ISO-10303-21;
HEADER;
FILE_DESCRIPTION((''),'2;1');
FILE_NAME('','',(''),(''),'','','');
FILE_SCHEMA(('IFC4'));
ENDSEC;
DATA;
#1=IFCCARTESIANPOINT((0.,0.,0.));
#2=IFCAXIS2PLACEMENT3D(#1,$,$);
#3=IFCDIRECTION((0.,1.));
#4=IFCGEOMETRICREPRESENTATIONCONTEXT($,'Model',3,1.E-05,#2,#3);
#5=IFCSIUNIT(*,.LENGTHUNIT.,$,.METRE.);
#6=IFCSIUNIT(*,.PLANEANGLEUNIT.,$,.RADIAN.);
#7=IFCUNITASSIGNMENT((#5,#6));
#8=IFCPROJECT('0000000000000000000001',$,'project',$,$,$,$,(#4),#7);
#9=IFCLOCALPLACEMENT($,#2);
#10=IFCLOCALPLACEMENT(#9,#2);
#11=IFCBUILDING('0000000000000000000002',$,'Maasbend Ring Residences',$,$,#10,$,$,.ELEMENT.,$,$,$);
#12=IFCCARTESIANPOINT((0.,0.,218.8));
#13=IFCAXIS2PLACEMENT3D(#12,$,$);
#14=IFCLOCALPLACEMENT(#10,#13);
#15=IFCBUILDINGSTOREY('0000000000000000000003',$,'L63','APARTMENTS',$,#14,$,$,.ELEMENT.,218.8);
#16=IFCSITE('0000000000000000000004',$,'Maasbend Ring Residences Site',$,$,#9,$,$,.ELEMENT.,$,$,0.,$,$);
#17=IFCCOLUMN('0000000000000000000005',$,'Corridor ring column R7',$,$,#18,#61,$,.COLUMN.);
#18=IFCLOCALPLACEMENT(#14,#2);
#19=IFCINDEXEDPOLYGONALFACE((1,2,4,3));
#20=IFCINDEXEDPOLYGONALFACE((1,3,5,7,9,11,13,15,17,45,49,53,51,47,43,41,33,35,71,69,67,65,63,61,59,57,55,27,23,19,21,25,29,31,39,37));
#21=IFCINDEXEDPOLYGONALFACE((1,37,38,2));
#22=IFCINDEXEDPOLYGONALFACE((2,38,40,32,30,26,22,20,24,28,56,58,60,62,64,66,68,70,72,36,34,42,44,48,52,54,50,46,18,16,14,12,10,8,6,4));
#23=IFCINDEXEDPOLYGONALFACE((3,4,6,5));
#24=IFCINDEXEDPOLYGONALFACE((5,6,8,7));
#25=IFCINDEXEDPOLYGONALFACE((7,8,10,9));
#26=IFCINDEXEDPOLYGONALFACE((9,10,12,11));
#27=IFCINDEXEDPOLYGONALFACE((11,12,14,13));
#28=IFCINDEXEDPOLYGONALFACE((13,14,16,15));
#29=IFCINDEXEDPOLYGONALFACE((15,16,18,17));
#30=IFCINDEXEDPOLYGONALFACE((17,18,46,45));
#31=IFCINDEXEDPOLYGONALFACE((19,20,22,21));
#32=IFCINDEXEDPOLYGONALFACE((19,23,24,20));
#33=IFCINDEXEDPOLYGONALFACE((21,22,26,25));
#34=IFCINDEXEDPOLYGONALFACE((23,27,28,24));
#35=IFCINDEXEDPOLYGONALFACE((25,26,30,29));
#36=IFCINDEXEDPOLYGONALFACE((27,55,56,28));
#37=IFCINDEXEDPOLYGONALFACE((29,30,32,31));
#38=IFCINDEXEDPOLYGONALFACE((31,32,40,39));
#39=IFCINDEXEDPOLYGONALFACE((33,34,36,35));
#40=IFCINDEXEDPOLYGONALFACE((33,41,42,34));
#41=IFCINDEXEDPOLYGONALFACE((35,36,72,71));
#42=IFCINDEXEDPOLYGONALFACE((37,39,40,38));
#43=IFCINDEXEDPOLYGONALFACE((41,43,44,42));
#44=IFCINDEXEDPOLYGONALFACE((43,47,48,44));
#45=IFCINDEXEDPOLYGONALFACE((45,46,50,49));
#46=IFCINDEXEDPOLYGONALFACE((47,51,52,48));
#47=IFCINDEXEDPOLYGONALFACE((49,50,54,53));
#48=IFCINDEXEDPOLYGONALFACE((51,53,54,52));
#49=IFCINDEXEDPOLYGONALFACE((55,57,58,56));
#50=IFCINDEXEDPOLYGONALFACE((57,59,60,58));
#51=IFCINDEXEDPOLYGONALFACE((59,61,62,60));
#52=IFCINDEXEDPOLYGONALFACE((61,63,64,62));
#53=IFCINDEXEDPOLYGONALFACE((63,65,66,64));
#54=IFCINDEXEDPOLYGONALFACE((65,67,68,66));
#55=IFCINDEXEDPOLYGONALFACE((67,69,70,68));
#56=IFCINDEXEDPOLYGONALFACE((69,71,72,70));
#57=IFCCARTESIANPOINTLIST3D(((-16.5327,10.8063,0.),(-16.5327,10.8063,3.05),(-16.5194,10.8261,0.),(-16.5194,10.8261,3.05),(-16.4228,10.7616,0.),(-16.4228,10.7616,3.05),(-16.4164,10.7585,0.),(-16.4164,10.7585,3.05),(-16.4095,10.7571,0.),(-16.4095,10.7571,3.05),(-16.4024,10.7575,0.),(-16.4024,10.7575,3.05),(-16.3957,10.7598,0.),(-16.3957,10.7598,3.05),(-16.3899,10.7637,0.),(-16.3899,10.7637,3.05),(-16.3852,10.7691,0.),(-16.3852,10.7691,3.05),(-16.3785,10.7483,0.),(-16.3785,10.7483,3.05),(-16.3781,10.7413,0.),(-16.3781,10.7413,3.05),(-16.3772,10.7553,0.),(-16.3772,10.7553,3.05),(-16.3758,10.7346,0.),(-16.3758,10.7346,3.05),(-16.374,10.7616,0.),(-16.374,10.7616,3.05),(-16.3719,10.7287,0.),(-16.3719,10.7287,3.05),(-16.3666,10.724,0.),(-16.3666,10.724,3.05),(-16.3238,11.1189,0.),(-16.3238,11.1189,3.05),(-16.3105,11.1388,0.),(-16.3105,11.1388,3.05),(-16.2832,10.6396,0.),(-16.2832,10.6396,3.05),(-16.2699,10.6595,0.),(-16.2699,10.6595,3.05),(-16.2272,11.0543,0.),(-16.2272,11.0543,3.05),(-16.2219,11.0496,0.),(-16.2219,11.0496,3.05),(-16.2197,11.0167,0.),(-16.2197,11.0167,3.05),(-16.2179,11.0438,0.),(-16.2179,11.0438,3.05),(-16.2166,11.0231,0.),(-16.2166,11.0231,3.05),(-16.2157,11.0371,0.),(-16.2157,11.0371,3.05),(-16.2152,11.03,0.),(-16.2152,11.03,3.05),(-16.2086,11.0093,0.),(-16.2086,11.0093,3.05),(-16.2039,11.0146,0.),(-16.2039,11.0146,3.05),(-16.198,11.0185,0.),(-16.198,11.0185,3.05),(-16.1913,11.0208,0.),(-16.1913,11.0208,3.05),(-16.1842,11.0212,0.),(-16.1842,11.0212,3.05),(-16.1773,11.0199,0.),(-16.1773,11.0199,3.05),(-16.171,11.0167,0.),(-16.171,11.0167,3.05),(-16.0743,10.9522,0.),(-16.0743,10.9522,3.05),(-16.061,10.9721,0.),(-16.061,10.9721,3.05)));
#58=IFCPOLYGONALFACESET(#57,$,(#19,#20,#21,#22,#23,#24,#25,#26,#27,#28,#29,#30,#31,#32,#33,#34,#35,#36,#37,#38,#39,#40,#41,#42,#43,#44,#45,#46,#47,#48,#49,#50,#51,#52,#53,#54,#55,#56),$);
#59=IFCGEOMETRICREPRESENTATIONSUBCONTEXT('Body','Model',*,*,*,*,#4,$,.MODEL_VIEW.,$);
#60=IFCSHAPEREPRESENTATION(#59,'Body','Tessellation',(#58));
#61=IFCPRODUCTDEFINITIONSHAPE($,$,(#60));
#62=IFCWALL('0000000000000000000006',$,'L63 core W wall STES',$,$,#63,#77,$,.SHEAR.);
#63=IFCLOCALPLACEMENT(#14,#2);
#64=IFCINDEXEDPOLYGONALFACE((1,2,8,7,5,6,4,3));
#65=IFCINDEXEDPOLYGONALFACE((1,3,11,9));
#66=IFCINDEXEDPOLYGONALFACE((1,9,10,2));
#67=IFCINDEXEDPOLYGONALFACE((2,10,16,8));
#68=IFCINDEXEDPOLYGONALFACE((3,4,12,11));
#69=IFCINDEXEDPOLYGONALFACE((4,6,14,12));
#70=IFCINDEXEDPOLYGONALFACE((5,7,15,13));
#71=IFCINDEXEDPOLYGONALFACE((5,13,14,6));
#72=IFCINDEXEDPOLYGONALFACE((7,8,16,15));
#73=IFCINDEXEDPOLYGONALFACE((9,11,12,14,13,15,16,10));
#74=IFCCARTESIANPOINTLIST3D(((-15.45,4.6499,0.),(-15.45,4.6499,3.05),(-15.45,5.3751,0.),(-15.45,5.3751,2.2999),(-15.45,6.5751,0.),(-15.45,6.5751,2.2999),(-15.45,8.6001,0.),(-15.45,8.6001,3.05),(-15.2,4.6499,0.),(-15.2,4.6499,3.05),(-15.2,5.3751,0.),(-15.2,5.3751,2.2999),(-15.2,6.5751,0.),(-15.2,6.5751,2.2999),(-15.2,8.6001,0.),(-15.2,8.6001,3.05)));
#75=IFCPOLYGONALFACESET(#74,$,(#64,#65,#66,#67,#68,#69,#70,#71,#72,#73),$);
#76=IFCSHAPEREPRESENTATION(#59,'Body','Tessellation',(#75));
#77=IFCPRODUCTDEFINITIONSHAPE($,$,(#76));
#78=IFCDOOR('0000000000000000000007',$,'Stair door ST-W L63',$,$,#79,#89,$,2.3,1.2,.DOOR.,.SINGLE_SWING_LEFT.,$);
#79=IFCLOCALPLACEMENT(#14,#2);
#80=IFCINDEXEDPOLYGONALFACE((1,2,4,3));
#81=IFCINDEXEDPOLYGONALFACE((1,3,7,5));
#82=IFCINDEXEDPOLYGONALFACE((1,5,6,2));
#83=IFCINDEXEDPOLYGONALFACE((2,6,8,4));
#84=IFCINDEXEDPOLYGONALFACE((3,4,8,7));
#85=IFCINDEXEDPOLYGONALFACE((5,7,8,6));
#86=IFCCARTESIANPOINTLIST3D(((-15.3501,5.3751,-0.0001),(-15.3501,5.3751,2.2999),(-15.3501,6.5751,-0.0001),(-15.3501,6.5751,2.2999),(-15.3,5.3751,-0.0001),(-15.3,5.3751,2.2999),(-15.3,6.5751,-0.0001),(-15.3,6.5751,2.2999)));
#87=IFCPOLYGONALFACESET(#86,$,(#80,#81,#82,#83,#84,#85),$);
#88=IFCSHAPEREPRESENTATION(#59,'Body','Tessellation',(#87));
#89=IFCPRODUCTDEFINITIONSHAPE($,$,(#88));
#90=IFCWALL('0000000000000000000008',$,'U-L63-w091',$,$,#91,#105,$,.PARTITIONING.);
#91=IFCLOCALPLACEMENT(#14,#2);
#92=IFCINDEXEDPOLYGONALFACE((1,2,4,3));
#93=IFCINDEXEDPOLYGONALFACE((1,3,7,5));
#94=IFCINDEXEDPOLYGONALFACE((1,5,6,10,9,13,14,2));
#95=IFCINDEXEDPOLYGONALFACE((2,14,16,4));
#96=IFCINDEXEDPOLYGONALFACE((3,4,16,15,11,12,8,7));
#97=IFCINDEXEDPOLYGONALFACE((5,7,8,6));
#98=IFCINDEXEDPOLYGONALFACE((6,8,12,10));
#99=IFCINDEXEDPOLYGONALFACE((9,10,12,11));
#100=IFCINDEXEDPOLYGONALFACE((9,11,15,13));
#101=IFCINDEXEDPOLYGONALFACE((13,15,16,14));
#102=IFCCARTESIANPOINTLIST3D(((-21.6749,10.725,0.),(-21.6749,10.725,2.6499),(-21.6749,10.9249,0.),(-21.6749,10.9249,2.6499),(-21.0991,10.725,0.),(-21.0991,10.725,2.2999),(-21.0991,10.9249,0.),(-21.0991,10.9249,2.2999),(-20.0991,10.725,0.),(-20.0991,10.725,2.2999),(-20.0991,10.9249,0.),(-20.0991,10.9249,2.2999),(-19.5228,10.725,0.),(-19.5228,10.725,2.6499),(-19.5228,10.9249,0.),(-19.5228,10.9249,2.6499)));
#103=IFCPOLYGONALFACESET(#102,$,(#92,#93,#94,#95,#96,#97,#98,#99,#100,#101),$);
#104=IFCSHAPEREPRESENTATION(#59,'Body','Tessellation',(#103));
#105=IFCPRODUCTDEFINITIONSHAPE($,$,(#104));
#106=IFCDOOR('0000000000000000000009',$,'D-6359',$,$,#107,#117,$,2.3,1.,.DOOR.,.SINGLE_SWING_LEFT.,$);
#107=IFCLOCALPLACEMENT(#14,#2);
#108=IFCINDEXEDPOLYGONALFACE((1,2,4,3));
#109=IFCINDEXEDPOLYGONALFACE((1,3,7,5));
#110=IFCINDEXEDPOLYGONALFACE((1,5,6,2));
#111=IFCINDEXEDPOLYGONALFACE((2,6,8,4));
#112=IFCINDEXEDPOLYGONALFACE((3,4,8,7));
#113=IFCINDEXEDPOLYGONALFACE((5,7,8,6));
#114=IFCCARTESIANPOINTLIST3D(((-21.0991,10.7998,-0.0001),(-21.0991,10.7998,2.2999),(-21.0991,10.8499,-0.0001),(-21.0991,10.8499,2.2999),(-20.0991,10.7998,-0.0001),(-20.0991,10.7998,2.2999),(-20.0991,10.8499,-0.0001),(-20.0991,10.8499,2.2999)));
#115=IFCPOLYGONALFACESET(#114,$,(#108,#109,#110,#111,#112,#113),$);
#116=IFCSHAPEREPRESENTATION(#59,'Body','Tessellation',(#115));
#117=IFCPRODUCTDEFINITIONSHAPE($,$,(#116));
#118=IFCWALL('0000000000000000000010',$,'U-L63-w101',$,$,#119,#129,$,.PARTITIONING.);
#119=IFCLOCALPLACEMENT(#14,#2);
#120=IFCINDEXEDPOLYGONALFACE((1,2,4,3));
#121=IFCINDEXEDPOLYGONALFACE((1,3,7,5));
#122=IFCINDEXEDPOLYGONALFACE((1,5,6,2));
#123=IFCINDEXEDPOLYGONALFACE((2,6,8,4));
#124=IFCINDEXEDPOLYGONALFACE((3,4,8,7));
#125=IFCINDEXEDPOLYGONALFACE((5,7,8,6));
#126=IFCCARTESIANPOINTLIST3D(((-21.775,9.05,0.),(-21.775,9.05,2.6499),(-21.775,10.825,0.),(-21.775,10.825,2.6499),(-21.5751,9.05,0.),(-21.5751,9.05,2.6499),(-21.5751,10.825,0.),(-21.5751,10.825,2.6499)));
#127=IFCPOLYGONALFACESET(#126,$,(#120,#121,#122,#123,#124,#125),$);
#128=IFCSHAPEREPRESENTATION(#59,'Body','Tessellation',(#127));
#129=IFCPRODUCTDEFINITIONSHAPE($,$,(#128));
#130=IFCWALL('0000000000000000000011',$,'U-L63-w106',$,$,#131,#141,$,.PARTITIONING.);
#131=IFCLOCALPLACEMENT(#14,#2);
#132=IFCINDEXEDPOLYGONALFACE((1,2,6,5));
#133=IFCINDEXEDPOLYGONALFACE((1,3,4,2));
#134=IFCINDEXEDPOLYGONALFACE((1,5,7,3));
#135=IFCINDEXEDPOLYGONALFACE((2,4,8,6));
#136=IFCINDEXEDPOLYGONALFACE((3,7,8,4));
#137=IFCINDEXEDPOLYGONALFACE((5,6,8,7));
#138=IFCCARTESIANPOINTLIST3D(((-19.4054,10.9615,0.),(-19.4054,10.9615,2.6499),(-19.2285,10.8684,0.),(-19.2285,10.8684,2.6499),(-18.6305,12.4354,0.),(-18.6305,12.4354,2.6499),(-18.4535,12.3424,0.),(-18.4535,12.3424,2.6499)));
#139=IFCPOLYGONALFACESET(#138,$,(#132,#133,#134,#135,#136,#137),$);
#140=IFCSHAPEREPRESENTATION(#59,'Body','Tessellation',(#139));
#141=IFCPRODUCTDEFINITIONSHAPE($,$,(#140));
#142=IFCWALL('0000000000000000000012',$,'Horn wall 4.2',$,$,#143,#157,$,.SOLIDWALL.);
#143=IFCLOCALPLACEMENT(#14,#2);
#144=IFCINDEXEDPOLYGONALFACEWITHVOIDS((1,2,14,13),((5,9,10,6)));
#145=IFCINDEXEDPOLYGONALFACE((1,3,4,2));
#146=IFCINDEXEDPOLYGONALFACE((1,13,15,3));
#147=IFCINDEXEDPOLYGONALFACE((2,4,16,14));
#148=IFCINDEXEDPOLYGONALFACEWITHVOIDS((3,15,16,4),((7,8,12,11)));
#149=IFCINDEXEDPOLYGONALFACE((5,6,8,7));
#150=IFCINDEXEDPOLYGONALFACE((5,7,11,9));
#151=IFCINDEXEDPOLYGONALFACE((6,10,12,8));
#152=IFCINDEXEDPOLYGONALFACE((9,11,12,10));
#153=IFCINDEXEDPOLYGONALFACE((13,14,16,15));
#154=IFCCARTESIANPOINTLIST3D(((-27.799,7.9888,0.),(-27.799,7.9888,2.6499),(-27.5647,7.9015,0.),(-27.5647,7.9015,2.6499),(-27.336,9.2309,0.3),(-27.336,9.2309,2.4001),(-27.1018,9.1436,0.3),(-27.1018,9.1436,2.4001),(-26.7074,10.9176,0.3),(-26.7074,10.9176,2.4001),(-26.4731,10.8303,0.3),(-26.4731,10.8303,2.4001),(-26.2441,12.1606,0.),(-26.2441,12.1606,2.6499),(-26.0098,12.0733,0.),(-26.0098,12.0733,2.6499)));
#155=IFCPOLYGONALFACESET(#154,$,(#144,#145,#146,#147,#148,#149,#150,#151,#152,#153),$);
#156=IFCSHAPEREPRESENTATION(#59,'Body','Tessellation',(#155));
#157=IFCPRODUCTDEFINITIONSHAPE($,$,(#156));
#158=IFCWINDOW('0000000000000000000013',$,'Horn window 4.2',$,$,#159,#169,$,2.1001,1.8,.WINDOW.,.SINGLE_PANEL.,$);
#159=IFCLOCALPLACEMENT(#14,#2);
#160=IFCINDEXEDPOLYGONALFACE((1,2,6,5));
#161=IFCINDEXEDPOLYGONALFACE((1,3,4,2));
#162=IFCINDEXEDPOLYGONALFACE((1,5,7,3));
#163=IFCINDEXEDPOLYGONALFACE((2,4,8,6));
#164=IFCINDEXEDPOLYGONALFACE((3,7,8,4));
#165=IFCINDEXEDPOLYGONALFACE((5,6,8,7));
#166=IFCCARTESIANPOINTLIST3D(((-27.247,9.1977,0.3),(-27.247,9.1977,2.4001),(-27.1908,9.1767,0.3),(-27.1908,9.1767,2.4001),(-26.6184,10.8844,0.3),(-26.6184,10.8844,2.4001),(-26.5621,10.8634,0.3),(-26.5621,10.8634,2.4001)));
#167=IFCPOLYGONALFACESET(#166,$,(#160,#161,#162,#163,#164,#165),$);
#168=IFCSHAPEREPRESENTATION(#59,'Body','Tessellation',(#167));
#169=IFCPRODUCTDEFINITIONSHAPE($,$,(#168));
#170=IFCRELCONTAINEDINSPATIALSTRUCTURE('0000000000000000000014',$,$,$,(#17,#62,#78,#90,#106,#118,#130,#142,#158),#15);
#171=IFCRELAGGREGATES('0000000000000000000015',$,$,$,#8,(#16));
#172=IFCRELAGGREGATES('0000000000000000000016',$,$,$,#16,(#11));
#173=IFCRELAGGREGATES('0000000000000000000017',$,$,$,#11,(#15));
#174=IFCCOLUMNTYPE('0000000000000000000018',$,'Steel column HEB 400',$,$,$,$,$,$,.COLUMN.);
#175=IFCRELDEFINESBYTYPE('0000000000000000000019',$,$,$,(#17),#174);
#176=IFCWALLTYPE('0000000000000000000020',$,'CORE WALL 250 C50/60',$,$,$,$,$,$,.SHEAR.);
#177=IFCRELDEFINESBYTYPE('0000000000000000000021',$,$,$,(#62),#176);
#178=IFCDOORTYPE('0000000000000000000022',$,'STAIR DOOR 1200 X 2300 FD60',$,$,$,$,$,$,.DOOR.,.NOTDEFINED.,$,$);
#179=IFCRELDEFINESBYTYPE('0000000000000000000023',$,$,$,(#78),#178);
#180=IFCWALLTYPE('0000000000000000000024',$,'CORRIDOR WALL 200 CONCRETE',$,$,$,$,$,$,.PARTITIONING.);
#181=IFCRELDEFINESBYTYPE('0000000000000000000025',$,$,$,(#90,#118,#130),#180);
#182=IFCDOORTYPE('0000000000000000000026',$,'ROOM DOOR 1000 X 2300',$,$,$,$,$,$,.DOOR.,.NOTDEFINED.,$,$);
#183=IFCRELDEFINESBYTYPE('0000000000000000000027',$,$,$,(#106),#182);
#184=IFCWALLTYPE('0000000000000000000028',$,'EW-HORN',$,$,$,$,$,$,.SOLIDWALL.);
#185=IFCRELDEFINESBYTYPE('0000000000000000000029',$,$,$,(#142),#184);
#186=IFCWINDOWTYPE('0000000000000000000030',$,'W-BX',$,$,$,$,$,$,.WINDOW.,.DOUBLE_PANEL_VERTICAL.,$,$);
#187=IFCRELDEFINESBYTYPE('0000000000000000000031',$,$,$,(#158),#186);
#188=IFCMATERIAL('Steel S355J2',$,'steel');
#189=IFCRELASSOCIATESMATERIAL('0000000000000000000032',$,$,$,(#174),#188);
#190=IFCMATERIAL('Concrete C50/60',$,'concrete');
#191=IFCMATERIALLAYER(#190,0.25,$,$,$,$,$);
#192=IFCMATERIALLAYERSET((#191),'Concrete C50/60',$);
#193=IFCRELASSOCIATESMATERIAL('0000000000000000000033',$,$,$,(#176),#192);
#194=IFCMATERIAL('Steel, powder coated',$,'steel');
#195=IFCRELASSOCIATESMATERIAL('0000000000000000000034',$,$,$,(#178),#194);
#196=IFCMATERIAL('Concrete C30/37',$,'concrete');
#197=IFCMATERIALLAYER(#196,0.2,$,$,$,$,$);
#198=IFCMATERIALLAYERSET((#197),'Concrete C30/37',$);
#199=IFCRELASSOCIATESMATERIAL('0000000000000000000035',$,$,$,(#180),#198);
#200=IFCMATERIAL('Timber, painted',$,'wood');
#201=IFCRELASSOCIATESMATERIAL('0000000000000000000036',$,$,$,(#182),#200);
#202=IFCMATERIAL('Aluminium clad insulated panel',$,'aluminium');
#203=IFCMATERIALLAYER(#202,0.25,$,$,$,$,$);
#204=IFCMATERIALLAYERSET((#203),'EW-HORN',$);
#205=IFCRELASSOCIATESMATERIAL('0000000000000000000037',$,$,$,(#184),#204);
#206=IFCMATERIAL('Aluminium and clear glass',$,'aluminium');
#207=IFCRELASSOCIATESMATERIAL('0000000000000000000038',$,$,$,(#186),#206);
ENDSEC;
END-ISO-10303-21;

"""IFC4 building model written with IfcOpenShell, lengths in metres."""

from ifc_helpers import new_model, si_unit, direction, frame, frame_2d, origin, origin_2d, place, context, subcontext, project, spatial, rectangle, i_section, extrude, material, layer, layer_set, material_profile, profile_set, type_object, element, fill, save


model = new_model("IFC4")

# Units and contexts
model_context = context("Model", 3, precision=1e-05, world=origin(), true_north=direction((0.0, 1.0)))
body_context = subcontext(model_context, "Body", "Model", "MODEL_VIEW")
ifc_project = project(units=[si_unit("LENGTHUNIT", "METRE"), si_unit("PLANEANGLEUNIT", "RADIAN")], contexts=[model_context])

# Site, building, storey
site_placement = place(None, origin())
site = spatial("IfcSite", under=ifc_project, at=site_placement, Name="Maasbend Ring Residences Site", CompositionType="ELEMENT", RefElevation=0.0)
building_placement = place(site_placement, origin())
building = spatial("IfcBuilding", under=site, at=building_placement, Name="Maasbend Ring Residences", CompositionType="ELEMENT")
storey_placement = place(building_placement, frame((0.0, 0.0, 218.8)))
storey = spatial("IfcBuildingStorey", under=building, at=storey_placement, Name="L63", Description="APARTMENTS", CompositionType="ELEMENT", Elevation=218.8)

# Column
ifc_material_1 = material(Name="Steel S355J2", Category="steel")
ifc_material_profile = material_profile(ifc_material_1, i_section(OverallWidth=0.3, OverallDepth=0.3999, WebThickness=0.0134, FlangeThickness=0.0239, FilletRadius=0.0271, at=origin_2d()), Name="HEB 400")
ifc_profile_set = profile_set([ifc_material_profile], Name="Steel S355J2")
column_type = type_object("IfcColumnType", Name="Steel column HEB 400", PredefinedType="COLUMN", material=ifc_profile_set)
column_placement = place(storey_placement, frame((-16.2969, 10.8892, 0.0), z_axis=(0.0, 0.0, 1.0), x_axis=(-0.83147, 0.55557, 0.0)))
element("IfcColumn", 1, at=column_placement, inside=storey, type_object=column_type, Name="Corridor ring column R7", PredefinedType="COLUMN", context=body_context, shape_type="SweptSolid", body=[
    extrude(i_section(OverallWidth=0.3, OverallDepth=0.3999, WebThickness=0.0134, FlangeThickness=0.0239, FilletRadius=0.0271, at=origin_2d()), origin(), (0.0, 0.0, 1.0), 3.05),
])

# Walls, openings, doors
ifc_material_2 = material(Name="Concrete C50/60", Category="concrete")
ifc_layer_1 = layer(ifc_material_2, 0.25)
ifc_layer_set_1 = layer_set([ifc_layer_1], Name="Concrete C50/60")
wall_type_1 = type_object("IfcWallType", Name="CORE WALL 250 C50/60", PredefinedType="SHEAR", material=ifc_layer_set_1)
wall_1_placement = place(storey_placement, frame((-15.325, 8.6001, 0.0), z_axis=(0.0, 0.0, 1.0), x_axis=(0.0, -1.0, 0.0)))
wall_1 = element("IfcWall", 2, at=wall_1_placement, inside=storey, type_object=wall_type_1, Name="L63 core W wall STES", PredefinedType="SHEAR", context=body_context, shape_type="SweptSolid", body=[
    extrude(rectangle(XDim=3.9502, YDim=0.25, at=frame_2d((1.9751, 0.0))), origin(), (0.0, 0.0, 1.0), 3.05),
])
opening_1_placement = place(wall_1_placement, frame((2.0249, 0.0, 0.0)))
opening_1 = element("IfcOpeningElement", 3, at=opening_1_placement, cuts=wall_1, PredefinedType="OPENING", context=body_context, shape_type="SweptSolid", body=[
    extrude(rectangle(XDim=1.2, YDim=2.3, at=frame_2d((0.6001, 1.1499))), frame((0.0, 0.135, 0.0), z_axis=(0.0, -1.0, 0.0), x_axis=(1.0, 0.0, 0.0)), (0.0, 0.0, 1.0), 0.27),
])
ifc_material_3 = material(Name="Steel, powder coated", Category="steel")
door_type_1 = type_object("IfcDoorType", Name="STAIR DOOR 1200 X 2300 FD60", OperationType="NOTDEFINED", PredefinedType="DOOR", material=ifc_material_3)
door_1_placement = place(opening_1_placement, origin())
door_1 = element("IfcDoor", 4, at=door_1_placement, inside=storey, type_object=door_type_1, Name="Stair door ST-W L63", OperationType="SINGLE_SWING_LEFT", OverallHeight=2.3, OverallWidth=1.2, PredefinedType="DOOR", context=body_context, shape_type="SweptSolid", body=[
    extrude(rectangle(XDim=1.2, YDim=2.3, at=frame_2d((0.6001, 1.1499))), frame((0.0, 0.0249, 0.0), z_axis=(0.0, -1.0, 0.0), x_axis=(1.0, 0.0, 0.0)), (0.0, 0.0, 1.0), 0.05),
])
fill(opening_1, door_1)
ifc_material_4 = material(Name="Concrete C30/37", Category="concrete")
ifc_layer_2 = layer(ifc_material_4, 0.2)
ifc_layer_set_2 = layer_set([ifc_layer_2], Name="Concrete C30/37")
wall_type_2 = type_object("IfcWallType", Name="CORRIDOR WALL 200 CONCRETE", PredefinedType="PARTITIONING", material=ifc_layer_set_2)
wall_2_placement = place(storey_placement, frame((-21.675, 10.825, 0.0), z_axis=(0.0, 0.0, 1.0), x_axis=(1.0, 0.0, 0.0)))
wall_2 = element("IfcWall", 5, at=wall_2_placement, inside=storey, type_object=wall_type_2, Name="U-L63-w091", PredefinedType="PARTITIONING", context=body_context, shape_type="SweptSolid", body=[
    extrude(rectangle(XDim=2.1521, YDim=0.2, at=frame_2d((1.0762, 0.0))), origin(), (0.0, 0.0, 1.0), 2.6499),
])
opening_2_placement = place(wall_2_placement, frame((0.5759, 0.0, 0.0)))
opening_2 = element("IfcOpeningElement", 6, at=opening_2_placement, cuts=wall_2, PredefinedType="OPENING", context=body_context, shape_type="SweptSolid", body=[
    extrude(rectangle(XDim=1.0, YDim=2.3, at=frame_2d((0.5, 1.1499))), frame((0.0, 0.1099, 0.0), z_axis=(0.0, -1.0, 0.0), x_axis=(1.0, 0.0, 0.0)), (0.0, 0.0, 1.0), 0.22),
])
ifc_material_5 = material(Name="Timber, painted", Category="wood")
door_type_2 = type_object("IfcDoorType", Name="ROOM DOOR 1000 X 2300", OperationType="NOTDEFINED", PredefinedType="DOOR", material=ifc_material_5)
door_2_placement = place(opening_2_placement, origin())
door_2 = element("IfcDoor", 7, at=door_2_placement, inside=storey, type_object=door_type_2, Name="D-6359", OperationType="SINGLE_SWING_LEFT", OverallHeight=2.3, OverallWidth=1.0, PredefinedType="DOOR", context=body_context, shape_type="SweptSolid", body=[
    extrude(rectangle(XDim=1.0, YDim=2.3, at=frame_2d((0.5, 1.1499))), frame((0.0, 0.0249, 0.0), z_axis=(0.0, -1.0, 0.0), x_axis=(1.0, 0.0, 0.0)), (0.0, 0.0, 1.0), 0.05),
])
fill(opening_2, door_2)

# Walls
wall_3_placement = place(storey_placement, frame((-21.675, 9.05, 0.0), z_axis=(0.0, 0.0, 1.0), x_axis=(0.0, 1.0, 0.0)))
element("IfcWall", 8, at=wall_3_placement, inside=storey, type_object=wall_type_2, Name="U-L63-w101", PredefinedType="PARTITIONING", context=body_context, shape_type="SweptSolid", body=[
    extrude(rectangle(XDim=1.7749, YDim=0.2, at=frame_2d((0.8875, 0.0))), origin(), (0.0, 0.0, 1.0), 2.6499),
])
wall_4_placement = place(storey_placement, frame((-19.3169, 10.915, 0.0), z_axis=(0.0, 0.0, 1.0), x_axis=(0.46536, 0.885122, 0.0)))
element("IfcWall", 9, at=wall_4_placement, inside=storey, type_object=wall_type_2, Name="U-L63-w106", PredefinedType="PARTITIONING", context=body_context, shape_type="SweptSolid", body=[
    extrude(rectangle(XDim=1.6653, YDim=0.2, at=frame_2d((0.8325, 0.0))), origin(), (0.0, 0.0, 1.0), 2.6499),
])

# Wall, opening, window
ifc_material_6 = material(Name="Aluminium clad insulated panel", Category="aluminium")
ifc_layer_3 = layer(ifc_material_6, 0.25)
ifc_layer_set_3 = layer_set([ifc_layer_3], Name="EW-HORN")
wall_type_3 = type_object("IfcWallType", Name="EW-HORN", PredefinedType="SOLIDWALL", material=ifc_layer_set_3)
wall_5_placement = place(storey_placement, frame((-26.127, 12.1169, 0.0), z_axis=(0.0, 0.0, 1.0), x_axis=(-0.349248, -0.93703, 0.0)))
wall_5 = element("IfcWall", 10, at=wall_5_placement, inside=storey, type_object=wall_type_3, Name="Horn wall 4.2", PredefinedType="SOLIDWALL", context=body_context, shape_type="SweptSolid", body=[
    extrude(rectangle(XDim=4.4521, YDim=0.25, at=frame_2d((2.2261, 0.0))), origin(), (0.0, 0.0, 1.0), 2.6499),
])
opening_3_placement = place(wall_5_placement, frame((1.3267, 0.0, 0.3)))
opening_3 = element("IfcOpeningElement", 11, at=opening_3_placement, cuts=wall_5, PredefinedType="OPENING", context=body_context, shape_type="SweptSolid", body=[
    extrude(rectangle(XDim=1.8, YDim=2.1001, at=frame_2d((0.8999, 1.05))), frame((0.0, 0.135, 0.0), z_axis=(0.0, -1.0, 0.0), x_axis=(1.0, 0.0, 0.0)), (0.0, 0.0, 1.0), 0.27),
])
ifc_material_7 = material(Name="Aluminium and clear glass", Category="aluminium")
window_type_1 = type_object("IfcWindowType", Name="W-BX", PartitioningType="DOUBLE_PANEL_VERTICAL", PredefinedType="WINDOW", material=ifc_material_7)
window_1_placement = place(opening_3_placement, origin())
window_1 = element("IfcWindow", 12, at=window_1_placement, inside=storey, type_object=window_type_1, Name="Horn window 4.2", OverallHeight=2.1001, OverallWidth=1.8, PartitioningType="SINGLE_PANEL", PredefinedType="WINDOW", context=body_context, shape_type="SweptSolid", body=[
    extrude(rectangle(XDim=1.8, YDim=2.1001, at=frame_2d((0.8999, 1.05))), frame((0.0, 0.03, 0.0), z_axis=(0.0, -1.0, 0.0), x_axis=(1.0, 0.0, 0.0)), (0.0, 0.0, 1.0), 0.0601),
])
fill(opening_3, window_1)

save(model, "model.ifc")
